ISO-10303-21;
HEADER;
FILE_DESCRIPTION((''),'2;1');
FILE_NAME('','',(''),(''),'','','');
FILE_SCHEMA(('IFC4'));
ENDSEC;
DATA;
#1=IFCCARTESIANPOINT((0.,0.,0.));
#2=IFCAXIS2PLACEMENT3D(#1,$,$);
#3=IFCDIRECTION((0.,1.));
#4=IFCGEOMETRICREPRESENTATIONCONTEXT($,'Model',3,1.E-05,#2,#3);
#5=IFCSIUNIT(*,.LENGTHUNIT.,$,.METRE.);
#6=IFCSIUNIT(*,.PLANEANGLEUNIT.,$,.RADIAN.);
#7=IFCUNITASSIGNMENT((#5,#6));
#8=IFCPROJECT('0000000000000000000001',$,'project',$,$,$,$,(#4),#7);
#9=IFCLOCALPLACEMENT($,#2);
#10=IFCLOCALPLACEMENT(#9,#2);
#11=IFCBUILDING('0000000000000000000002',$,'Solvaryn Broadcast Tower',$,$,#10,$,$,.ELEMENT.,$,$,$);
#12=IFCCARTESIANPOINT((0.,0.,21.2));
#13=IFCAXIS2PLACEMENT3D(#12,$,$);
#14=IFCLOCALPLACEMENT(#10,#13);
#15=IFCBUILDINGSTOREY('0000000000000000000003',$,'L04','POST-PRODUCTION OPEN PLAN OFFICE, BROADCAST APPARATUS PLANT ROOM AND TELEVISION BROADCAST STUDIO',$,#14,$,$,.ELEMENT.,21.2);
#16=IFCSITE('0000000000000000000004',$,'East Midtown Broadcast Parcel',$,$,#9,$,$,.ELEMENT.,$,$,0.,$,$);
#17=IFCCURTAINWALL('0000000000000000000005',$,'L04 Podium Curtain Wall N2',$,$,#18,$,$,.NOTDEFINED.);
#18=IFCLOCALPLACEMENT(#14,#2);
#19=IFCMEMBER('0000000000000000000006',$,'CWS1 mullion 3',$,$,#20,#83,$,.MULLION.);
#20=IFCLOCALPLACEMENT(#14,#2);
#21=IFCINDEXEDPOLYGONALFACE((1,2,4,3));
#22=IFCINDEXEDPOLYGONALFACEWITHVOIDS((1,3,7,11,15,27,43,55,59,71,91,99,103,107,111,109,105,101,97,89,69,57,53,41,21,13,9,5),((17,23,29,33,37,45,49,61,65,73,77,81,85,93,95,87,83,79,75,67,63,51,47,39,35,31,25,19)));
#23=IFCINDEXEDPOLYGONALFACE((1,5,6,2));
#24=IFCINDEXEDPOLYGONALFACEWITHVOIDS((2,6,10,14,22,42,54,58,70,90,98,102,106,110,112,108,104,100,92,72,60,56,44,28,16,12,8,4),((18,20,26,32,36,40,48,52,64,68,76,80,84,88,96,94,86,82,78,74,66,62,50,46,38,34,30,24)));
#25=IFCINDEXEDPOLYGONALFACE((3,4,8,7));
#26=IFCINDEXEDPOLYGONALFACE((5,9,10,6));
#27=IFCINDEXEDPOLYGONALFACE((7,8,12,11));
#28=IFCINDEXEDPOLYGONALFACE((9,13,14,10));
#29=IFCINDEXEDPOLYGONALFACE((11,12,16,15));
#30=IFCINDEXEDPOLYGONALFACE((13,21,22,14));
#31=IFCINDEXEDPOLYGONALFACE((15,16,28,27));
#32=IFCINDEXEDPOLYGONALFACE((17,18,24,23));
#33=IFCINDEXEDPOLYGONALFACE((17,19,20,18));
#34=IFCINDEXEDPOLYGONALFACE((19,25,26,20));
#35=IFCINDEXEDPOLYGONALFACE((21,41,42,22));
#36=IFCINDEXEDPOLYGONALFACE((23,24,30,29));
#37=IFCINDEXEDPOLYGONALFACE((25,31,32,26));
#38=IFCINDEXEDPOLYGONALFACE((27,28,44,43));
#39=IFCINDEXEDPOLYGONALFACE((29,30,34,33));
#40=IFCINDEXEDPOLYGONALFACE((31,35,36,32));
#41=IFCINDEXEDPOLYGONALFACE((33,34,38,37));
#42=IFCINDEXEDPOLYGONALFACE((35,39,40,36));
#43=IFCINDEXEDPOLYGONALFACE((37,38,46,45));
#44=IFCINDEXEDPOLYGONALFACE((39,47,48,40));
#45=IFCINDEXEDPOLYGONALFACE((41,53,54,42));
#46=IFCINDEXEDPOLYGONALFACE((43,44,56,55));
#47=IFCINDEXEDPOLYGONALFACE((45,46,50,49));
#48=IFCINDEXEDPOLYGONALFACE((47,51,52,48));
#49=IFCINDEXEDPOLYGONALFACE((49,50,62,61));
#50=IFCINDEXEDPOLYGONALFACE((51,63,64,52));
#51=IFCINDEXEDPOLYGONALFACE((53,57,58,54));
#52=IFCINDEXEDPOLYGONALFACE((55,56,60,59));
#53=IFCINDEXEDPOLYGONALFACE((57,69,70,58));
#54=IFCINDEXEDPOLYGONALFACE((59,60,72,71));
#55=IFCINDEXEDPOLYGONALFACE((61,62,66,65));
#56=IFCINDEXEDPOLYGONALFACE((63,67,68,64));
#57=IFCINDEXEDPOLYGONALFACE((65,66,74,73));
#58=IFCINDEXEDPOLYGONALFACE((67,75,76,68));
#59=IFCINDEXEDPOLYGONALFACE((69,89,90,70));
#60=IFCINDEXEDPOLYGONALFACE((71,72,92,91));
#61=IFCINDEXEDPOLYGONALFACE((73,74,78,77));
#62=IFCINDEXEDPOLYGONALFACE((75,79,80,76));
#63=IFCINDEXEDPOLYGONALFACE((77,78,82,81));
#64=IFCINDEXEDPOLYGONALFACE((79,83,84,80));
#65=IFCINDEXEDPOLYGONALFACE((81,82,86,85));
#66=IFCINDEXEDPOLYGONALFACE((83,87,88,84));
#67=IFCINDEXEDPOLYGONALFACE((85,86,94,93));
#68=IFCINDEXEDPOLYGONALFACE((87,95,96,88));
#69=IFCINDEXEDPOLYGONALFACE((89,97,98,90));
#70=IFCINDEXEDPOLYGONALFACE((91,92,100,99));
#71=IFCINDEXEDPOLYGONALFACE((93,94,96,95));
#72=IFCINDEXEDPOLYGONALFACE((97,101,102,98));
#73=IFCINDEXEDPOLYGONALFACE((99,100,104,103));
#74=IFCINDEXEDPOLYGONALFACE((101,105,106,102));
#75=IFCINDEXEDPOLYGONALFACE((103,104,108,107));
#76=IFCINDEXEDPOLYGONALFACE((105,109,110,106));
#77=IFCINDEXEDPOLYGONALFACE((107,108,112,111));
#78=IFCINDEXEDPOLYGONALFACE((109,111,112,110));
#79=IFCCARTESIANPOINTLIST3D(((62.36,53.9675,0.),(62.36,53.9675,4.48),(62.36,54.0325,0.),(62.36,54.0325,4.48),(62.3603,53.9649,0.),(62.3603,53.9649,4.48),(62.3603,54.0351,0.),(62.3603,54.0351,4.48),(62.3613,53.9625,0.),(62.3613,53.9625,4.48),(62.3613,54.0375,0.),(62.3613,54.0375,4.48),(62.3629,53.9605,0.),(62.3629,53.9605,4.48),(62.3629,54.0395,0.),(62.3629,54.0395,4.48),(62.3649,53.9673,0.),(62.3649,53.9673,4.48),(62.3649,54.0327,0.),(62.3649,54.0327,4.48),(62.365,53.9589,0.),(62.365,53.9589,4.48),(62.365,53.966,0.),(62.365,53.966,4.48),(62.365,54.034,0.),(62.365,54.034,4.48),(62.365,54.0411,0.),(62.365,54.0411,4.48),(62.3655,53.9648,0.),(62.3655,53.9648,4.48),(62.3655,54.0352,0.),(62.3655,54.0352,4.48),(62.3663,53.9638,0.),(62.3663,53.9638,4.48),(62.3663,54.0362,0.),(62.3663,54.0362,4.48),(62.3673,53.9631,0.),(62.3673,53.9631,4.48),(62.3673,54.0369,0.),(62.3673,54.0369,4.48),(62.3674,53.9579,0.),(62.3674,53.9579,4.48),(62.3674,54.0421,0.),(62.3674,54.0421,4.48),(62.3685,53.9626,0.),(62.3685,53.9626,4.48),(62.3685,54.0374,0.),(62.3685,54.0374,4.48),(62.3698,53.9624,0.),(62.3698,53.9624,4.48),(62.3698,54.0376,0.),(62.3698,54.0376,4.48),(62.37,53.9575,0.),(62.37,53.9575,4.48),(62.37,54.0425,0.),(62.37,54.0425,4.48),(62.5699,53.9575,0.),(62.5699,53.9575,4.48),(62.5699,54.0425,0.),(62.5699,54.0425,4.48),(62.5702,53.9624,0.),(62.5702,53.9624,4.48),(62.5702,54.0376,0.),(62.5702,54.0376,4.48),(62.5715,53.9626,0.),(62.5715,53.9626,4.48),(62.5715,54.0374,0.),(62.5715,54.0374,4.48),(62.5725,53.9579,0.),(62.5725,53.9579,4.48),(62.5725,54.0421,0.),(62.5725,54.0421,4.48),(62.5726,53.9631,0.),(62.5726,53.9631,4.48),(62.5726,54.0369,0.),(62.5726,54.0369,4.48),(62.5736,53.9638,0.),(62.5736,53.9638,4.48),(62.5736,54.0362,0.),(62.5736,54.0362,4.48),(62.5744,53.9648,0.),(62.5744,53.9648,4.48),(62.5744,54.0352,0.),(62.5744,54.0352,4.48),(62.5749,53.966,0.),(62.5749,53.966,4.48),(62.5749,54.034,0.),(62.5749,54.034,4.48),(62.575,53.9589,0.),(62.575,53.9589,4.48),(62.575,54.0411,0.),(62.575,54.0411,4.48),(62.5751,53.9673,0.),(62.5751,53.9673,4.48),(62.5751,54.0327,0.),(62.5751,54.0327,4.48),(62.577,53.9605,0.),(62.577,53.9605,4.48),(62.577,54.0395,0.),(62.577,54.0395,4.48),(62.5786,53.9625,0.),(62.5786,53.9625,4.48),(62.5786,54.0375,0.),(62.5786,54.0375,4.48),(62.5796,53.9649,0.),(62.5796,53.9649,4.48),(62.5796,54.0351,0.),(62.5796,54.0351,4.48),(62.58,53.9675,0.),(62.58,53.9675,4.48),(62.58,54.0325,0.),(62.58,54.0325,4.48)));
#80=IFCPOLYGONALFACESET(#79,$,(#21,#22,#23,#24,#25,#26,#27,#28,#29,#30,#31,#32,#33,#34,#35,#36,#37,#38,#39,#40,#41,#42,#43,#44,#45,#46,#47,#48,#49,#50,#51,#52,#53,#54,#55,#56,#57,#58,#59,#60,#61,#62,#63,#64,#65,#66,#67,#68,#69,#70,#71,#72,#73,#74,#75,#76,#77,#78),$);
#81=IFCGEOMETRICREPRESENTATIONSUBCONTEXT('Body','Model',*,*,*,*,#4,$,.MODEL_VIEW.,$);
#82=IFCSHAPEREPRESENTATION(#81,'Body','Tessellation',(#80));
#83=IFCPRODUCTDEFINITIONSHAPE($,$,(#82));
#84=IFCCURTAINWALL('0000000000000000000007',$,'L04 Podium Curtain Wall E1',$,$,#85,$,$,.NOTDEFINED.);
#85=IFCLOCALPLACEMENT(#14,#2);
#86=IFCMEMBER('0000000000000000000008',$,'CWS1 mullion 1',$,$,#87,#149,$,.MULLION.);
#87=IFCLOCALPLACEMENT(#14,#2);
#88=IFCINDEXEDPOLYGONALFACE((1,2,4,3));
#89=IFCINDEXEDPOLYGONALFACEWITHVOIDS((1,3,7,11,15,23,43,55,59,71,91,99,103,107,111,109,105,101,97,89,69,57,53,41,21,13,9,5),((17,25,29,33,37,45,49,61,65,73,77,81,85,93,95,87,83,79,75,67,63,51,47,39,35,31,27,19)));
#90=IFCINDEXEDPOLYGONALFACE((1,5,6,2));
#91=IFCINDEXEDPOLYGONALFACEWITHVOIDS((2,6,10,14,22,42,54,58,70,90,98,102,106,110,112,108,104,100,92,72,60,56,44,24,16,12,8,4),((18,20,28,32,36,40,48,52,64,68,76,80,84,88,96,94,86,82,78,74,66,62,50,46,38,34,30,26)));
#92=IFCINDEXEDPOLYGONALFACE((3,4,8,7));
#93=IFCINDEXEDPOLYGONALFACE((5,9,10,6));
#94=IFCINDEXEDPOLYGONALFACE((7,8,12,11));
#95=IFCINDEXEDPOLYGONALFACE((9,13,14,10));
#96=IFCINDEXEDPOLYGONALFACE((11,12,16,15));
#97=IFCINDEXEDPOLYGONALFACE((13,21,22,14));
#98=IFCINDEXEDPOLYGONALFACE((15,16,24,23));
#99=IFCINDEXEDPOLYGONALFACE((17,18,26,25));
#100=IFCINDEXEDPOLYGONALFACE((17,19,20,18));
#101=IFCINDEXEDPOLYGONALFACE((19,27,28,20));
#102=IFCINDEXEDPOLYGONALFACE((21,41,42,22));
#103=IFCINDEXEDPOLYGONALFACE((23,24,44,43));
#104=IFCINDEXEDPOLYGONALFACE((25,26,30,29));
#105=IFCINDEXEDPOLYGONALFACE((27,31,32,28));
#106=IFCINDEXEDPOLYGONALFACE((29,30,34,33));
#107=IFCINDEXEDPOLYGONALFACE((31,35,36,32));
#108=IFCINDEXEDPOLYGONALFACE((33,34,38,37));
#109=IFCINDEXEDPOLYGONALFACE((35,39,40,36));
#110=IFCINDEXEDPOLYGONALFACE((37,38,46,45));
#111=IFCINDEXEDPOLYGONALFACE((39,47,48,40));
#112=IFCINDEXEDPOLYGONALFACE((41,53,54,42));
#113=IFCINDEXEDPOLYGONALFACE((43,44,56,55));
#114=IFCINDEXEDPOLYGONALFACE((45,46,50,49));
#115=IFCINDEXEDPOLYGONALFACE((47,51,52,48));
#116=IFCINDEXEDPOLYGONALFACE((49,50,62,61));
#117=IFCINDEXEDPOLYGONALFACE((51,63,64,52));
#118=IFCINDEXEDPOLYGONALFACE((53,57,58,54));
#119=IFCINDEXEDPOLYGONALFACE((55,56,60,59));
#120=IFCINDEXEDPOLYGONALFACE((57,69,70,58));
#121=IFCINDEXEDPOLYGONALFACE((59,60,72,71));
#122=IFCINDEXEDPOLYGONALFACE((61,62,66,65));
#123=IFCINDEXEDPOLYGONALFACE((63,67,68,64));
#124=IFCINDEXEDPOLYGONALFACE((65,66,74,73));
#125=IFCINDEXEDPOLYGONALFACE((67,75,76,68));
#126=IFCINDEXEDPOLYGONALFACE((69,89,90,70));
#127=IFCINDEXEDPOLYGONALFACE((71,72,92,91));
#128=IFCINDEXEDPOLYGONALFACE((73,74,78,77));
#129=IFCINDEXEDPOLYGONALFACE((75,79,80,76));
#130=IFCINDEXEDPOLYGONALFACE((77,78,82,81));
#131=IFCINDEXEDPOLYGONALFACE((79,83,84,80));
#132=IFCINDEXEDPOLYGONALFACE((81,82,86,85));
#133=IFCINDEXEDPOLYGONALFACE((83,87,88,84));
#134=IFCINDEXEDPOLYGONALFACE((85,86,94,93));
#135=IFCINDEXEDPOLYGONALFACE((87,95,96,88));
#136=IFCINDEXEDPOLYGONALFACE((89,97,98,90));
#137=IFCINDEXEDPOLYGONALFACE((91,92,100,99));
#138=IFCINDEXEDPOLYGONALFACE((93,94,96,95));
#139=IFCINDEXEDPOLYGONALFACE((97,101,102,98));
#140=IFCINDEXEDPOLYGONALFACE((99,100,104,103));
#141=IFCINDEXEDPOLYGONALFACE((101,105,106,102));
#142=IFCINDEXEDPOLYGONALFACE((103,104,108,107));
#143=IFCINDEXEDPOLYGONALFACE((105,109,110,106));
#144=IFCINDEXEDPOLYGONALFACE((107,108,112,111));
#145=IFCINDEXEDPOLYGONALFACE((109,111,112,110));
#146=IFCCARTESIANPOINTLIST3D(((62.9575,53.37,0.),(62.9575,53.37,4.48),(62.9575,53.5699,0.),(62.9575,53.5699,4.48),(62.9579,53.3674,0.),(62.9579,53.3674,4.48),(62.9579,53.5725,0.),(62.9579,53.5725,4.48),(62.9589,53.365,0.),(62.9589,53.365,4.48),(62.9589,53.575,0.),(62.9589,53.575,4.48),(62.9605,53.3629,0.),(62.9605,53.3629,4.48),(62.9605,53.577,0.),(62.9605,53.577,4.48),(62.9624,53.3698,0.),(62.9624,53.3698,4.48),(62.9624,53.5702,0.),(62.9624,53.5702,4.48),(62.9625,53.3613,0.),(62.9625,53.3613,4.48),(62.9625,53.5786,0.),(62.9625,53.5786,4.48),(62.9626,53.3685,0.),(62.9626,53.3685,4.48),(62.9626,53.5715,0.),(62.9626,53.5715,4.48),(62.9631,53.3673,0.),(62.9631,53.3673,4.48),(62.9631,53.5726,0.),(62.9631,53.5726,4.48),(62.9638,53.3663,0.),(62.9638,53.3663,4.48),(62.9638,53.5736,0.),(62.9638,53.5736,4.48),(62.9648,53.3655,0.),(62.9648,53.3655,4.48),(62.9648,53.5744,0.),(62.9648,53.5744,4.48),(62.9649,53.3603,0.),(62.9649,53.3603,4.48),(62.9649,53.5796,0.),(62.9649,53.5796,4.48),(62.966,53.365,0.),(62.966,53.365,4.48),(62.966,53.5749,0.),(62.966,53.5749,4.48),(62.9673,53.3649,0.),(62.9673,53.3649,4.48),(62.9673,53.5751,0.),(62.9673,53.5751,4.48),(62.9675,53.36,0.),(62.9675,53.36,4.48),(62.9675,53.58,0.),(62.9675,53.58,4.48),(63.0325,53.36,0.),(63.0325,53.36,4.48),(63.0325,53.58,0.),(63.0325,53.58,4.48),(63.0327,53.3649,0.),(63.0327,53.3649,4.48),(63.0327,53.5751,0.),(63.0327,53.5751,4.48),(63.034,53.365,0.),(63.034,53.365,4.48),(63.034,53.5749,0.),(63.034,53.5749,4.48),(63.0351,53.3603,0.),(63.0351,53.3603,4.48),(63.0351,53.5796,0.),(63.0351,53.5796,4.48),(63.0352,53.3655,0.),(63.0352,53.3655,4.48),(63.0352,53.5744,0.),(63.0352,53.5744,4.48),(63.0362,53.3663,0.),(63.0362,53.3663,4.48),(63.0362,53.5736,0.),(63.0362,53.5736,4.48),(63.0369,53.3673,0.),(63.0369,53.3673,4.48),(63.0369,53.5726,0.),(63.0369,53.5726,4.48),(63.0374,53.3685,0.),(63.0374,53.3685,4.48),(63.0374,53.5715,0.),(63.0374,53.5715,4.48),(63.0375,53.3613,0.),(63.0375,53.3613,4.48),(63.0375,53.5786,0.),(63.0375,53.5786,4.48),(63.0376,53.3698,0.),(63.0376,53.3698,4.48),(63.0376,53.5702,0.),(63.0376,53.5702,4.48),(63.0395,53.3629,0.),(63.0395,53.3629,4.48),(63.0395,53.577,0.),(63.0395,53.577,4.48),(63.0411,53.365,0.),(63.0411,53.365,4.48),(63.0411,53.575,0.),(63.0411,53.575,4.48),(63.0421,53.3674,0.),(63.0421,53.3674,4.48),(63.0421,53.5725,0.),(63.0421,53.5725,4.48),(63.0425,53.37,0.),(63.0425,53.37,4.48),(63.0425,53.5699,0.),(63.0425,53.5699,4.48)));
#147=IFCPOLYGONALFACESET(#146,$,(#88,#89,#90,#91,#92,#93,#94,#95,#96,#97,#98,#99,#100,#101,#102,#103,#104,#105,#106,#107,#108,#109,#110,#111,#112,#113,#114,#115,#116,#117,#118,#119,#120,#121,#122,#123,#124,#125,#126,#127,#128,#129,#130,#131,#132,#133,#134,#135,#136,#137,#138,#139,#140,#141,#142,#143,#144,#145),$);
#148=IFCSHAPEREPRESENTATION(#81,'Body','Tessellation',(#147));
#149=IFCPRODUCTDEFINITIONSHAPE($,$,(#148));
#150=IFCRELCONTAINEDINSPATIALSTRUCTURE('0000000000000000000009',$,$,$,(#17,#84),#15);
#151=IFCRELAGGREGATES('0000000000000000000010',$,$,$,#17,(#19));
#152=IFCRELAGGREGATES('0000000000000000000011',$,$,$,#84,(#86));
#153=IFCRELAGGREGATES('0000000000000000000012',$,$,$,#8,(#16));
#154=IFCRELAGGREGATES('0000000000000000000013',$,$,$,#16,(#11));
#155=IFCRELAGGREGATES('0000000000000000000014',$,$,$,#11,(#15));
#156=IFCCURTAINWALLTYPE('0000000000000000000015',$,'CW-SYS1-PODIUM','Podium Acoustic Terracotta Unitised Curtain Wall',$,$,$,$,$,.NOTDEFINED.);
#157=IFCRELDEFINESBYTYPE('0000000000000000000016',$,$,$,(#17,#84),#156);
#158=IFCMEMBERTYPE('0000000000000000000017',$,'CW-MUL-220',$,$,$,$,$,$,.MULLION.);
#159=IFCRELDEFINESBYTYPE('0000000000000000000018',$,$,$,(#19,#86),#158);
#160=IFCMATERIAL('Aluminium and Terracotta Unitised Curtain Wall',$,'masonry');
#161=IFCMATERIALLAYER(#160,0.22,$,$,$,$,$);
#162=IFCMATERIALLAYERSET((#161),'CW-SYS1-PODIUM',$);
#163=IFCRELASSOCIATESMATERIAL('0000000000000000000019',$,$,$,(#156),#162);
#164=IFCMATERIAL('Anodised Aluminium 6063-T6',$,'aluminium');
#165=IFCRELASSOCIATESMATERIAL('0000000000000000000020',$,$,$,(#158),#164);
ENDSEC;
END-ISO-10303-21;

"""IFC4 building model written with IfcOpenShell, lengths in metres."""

from ifc_helpers import new_model, si_unit, direction, frame, origin, origin_2d, place, context, subcontext, project, spatial, hollow_rectangle, extrude, material, layer, layer_set, material_profile, profile_set, type_object, element, aggregate, save


model = new_model("IFC4")

# Units and contexts
model_context = context("Model", 3, precision=1e-05, world=origin(), true_north=direction((0.0, 1.0)))
body_context = subcontext(model_context, "Body", "Model", "MODEL_VIEW")
ifc_project = project(units=[si_unit("LENGTHUNIT", "METRE"), si_unit("PLANEANGLEUNIT", "RADIAN")], contexts=[model_context])

# Site, building, storey
site_placement = place(None, origin())
site = spatial("IfcSite", under=ifc_project, at=site_placement, Name="East Midtown Broadcast Parcel", CompositionType="ELEMENT", RefElevation=0.0)
building_placement = place(site_placement, origin())
building = spatial("IfcBuilding", under=site, at=building_placement, Name="Solvaryn Broadcast Tower", CompositionType="ELEMENT")
storey_placement = place(building_placement, frame((0.0, 0.0, 21.2)))
storey = spatial("IfcBuildingStorey", under=building, at=storey_placement, Name="L04", Description="POST-PRODUCTION OPEN PLAN OFFICE, BROADCAST APPARATUS PLANT ROOM AND TELEVISION BROADCAST STUDIO", CompositionType="ELEMENT", Elevation=21.2)

# Curtain walls, members
ifc_material_1 = material(Name="Aluminium and Terracotta Unitised Curtain Wall", Category="masonry")
ifc_layer_1 = layer(ifc_material_1, 0.22)
ifc_layer_set_1 = layer_set([ifc_layer_1], Name="CW-SYS1-PODIUM")
curtain_wall_type = type_object("IfcCurtainWallType", Name="CW-SYS1-PODIUM", Description="Podium Acoustic Terracotta Unitised Curtain Wall", PredefinedType="NOTDEFINED", material=ifc_layer_set_1)
curtain_wall_1_placement = place(storey_placement, origin())
curtain_wall_1 = element("IfcCurtainWall", 1, at=curtain_wall_1_placement, inside=storey, type_object=curtain_wall_type, Name="L04 Podium Curtain Wall N2", PredefinedType="NOTDEFINED")
ifc_material_2 = material(Name="Anodised Aluminium 6063-T6", Category="aluminium")
ifc_material_profile_1 = material_profile(ifc_material_2, hollow_rectangle(XDim=0.085, YDim=0.22, WallThickness=0.0049, InnerFilletRadius=0.0049, OuterFilletRadius=0.01, at=origin_2d()))
ifc_profile_set_1 = profile_set([ifc_material_profile_1], Name="Anodised Aluminium 6063-T6")
member_type_1 = type_object("IfcMemberType", Name="CW-MUL-220", PredefinedType="MULLION", material=ifc_profile_set_1)
member_1_placement = place(storey_placement, frame((62.47, 54.0, 0.0), z_axis=(0.0, 0.0, 1.0), x_axis=(0.0, 1.0, 0.0)))
member_1 = element("IfcMember", 2, at=member_1_placement, type_object=member_type_1, Name="CWS1 mullion 3", PredefinedType="MULLION", context=body_context, shape_type="SweptSolid", body=[
    extrude(hollow_rectangle(XDim=0.085, YDim=0.22, WallThickness=0.0049, InnerFilletRadius=0.0049, OuterFilletRadius=0.01, at=origin_2d()), origin(), (0.0, 0.0, 1.0), 4.48),
])
curtain_wall_2_placement = place(storey_placement, origin())
curtain_wall_2 = element("IfcCurtainWall", 3, at=curtain_wall_2_placement, inside=storey, type_object=curtain_wall_type, Name="L04 Podium Curtain Wall E1", PredefinedType="NOTDEFINED")
member_2_placement = place(storey_placement, frame((63.0, 53.47, 0.0), z_axis=(0.0, 0.0, 1.0), x_axis=(1.0, 0.0, 0.0)))
member_2 = element("IfcMember", 4, at=member_2_placement, type_object=member_type_1, Name="CWS1 mullion 1", PredefinedType="MULLION", context=body_context, shape_type="SweptSolid", body=[
    extrude(hollow_rectangle(XDim=0.085, YDim=0.22, WallThickness=0.0049, InnerFilletRadius=0.0049, OuterFilletRadius=0.01, at=origin_2d()), origin(), (0.0, 0.0, 1.0), 4.48),
])

aggregate(curtain_wall_1, [member_1])
aggregate(curtain_wall_2, [member_2])

save(model, "model.ifc")
